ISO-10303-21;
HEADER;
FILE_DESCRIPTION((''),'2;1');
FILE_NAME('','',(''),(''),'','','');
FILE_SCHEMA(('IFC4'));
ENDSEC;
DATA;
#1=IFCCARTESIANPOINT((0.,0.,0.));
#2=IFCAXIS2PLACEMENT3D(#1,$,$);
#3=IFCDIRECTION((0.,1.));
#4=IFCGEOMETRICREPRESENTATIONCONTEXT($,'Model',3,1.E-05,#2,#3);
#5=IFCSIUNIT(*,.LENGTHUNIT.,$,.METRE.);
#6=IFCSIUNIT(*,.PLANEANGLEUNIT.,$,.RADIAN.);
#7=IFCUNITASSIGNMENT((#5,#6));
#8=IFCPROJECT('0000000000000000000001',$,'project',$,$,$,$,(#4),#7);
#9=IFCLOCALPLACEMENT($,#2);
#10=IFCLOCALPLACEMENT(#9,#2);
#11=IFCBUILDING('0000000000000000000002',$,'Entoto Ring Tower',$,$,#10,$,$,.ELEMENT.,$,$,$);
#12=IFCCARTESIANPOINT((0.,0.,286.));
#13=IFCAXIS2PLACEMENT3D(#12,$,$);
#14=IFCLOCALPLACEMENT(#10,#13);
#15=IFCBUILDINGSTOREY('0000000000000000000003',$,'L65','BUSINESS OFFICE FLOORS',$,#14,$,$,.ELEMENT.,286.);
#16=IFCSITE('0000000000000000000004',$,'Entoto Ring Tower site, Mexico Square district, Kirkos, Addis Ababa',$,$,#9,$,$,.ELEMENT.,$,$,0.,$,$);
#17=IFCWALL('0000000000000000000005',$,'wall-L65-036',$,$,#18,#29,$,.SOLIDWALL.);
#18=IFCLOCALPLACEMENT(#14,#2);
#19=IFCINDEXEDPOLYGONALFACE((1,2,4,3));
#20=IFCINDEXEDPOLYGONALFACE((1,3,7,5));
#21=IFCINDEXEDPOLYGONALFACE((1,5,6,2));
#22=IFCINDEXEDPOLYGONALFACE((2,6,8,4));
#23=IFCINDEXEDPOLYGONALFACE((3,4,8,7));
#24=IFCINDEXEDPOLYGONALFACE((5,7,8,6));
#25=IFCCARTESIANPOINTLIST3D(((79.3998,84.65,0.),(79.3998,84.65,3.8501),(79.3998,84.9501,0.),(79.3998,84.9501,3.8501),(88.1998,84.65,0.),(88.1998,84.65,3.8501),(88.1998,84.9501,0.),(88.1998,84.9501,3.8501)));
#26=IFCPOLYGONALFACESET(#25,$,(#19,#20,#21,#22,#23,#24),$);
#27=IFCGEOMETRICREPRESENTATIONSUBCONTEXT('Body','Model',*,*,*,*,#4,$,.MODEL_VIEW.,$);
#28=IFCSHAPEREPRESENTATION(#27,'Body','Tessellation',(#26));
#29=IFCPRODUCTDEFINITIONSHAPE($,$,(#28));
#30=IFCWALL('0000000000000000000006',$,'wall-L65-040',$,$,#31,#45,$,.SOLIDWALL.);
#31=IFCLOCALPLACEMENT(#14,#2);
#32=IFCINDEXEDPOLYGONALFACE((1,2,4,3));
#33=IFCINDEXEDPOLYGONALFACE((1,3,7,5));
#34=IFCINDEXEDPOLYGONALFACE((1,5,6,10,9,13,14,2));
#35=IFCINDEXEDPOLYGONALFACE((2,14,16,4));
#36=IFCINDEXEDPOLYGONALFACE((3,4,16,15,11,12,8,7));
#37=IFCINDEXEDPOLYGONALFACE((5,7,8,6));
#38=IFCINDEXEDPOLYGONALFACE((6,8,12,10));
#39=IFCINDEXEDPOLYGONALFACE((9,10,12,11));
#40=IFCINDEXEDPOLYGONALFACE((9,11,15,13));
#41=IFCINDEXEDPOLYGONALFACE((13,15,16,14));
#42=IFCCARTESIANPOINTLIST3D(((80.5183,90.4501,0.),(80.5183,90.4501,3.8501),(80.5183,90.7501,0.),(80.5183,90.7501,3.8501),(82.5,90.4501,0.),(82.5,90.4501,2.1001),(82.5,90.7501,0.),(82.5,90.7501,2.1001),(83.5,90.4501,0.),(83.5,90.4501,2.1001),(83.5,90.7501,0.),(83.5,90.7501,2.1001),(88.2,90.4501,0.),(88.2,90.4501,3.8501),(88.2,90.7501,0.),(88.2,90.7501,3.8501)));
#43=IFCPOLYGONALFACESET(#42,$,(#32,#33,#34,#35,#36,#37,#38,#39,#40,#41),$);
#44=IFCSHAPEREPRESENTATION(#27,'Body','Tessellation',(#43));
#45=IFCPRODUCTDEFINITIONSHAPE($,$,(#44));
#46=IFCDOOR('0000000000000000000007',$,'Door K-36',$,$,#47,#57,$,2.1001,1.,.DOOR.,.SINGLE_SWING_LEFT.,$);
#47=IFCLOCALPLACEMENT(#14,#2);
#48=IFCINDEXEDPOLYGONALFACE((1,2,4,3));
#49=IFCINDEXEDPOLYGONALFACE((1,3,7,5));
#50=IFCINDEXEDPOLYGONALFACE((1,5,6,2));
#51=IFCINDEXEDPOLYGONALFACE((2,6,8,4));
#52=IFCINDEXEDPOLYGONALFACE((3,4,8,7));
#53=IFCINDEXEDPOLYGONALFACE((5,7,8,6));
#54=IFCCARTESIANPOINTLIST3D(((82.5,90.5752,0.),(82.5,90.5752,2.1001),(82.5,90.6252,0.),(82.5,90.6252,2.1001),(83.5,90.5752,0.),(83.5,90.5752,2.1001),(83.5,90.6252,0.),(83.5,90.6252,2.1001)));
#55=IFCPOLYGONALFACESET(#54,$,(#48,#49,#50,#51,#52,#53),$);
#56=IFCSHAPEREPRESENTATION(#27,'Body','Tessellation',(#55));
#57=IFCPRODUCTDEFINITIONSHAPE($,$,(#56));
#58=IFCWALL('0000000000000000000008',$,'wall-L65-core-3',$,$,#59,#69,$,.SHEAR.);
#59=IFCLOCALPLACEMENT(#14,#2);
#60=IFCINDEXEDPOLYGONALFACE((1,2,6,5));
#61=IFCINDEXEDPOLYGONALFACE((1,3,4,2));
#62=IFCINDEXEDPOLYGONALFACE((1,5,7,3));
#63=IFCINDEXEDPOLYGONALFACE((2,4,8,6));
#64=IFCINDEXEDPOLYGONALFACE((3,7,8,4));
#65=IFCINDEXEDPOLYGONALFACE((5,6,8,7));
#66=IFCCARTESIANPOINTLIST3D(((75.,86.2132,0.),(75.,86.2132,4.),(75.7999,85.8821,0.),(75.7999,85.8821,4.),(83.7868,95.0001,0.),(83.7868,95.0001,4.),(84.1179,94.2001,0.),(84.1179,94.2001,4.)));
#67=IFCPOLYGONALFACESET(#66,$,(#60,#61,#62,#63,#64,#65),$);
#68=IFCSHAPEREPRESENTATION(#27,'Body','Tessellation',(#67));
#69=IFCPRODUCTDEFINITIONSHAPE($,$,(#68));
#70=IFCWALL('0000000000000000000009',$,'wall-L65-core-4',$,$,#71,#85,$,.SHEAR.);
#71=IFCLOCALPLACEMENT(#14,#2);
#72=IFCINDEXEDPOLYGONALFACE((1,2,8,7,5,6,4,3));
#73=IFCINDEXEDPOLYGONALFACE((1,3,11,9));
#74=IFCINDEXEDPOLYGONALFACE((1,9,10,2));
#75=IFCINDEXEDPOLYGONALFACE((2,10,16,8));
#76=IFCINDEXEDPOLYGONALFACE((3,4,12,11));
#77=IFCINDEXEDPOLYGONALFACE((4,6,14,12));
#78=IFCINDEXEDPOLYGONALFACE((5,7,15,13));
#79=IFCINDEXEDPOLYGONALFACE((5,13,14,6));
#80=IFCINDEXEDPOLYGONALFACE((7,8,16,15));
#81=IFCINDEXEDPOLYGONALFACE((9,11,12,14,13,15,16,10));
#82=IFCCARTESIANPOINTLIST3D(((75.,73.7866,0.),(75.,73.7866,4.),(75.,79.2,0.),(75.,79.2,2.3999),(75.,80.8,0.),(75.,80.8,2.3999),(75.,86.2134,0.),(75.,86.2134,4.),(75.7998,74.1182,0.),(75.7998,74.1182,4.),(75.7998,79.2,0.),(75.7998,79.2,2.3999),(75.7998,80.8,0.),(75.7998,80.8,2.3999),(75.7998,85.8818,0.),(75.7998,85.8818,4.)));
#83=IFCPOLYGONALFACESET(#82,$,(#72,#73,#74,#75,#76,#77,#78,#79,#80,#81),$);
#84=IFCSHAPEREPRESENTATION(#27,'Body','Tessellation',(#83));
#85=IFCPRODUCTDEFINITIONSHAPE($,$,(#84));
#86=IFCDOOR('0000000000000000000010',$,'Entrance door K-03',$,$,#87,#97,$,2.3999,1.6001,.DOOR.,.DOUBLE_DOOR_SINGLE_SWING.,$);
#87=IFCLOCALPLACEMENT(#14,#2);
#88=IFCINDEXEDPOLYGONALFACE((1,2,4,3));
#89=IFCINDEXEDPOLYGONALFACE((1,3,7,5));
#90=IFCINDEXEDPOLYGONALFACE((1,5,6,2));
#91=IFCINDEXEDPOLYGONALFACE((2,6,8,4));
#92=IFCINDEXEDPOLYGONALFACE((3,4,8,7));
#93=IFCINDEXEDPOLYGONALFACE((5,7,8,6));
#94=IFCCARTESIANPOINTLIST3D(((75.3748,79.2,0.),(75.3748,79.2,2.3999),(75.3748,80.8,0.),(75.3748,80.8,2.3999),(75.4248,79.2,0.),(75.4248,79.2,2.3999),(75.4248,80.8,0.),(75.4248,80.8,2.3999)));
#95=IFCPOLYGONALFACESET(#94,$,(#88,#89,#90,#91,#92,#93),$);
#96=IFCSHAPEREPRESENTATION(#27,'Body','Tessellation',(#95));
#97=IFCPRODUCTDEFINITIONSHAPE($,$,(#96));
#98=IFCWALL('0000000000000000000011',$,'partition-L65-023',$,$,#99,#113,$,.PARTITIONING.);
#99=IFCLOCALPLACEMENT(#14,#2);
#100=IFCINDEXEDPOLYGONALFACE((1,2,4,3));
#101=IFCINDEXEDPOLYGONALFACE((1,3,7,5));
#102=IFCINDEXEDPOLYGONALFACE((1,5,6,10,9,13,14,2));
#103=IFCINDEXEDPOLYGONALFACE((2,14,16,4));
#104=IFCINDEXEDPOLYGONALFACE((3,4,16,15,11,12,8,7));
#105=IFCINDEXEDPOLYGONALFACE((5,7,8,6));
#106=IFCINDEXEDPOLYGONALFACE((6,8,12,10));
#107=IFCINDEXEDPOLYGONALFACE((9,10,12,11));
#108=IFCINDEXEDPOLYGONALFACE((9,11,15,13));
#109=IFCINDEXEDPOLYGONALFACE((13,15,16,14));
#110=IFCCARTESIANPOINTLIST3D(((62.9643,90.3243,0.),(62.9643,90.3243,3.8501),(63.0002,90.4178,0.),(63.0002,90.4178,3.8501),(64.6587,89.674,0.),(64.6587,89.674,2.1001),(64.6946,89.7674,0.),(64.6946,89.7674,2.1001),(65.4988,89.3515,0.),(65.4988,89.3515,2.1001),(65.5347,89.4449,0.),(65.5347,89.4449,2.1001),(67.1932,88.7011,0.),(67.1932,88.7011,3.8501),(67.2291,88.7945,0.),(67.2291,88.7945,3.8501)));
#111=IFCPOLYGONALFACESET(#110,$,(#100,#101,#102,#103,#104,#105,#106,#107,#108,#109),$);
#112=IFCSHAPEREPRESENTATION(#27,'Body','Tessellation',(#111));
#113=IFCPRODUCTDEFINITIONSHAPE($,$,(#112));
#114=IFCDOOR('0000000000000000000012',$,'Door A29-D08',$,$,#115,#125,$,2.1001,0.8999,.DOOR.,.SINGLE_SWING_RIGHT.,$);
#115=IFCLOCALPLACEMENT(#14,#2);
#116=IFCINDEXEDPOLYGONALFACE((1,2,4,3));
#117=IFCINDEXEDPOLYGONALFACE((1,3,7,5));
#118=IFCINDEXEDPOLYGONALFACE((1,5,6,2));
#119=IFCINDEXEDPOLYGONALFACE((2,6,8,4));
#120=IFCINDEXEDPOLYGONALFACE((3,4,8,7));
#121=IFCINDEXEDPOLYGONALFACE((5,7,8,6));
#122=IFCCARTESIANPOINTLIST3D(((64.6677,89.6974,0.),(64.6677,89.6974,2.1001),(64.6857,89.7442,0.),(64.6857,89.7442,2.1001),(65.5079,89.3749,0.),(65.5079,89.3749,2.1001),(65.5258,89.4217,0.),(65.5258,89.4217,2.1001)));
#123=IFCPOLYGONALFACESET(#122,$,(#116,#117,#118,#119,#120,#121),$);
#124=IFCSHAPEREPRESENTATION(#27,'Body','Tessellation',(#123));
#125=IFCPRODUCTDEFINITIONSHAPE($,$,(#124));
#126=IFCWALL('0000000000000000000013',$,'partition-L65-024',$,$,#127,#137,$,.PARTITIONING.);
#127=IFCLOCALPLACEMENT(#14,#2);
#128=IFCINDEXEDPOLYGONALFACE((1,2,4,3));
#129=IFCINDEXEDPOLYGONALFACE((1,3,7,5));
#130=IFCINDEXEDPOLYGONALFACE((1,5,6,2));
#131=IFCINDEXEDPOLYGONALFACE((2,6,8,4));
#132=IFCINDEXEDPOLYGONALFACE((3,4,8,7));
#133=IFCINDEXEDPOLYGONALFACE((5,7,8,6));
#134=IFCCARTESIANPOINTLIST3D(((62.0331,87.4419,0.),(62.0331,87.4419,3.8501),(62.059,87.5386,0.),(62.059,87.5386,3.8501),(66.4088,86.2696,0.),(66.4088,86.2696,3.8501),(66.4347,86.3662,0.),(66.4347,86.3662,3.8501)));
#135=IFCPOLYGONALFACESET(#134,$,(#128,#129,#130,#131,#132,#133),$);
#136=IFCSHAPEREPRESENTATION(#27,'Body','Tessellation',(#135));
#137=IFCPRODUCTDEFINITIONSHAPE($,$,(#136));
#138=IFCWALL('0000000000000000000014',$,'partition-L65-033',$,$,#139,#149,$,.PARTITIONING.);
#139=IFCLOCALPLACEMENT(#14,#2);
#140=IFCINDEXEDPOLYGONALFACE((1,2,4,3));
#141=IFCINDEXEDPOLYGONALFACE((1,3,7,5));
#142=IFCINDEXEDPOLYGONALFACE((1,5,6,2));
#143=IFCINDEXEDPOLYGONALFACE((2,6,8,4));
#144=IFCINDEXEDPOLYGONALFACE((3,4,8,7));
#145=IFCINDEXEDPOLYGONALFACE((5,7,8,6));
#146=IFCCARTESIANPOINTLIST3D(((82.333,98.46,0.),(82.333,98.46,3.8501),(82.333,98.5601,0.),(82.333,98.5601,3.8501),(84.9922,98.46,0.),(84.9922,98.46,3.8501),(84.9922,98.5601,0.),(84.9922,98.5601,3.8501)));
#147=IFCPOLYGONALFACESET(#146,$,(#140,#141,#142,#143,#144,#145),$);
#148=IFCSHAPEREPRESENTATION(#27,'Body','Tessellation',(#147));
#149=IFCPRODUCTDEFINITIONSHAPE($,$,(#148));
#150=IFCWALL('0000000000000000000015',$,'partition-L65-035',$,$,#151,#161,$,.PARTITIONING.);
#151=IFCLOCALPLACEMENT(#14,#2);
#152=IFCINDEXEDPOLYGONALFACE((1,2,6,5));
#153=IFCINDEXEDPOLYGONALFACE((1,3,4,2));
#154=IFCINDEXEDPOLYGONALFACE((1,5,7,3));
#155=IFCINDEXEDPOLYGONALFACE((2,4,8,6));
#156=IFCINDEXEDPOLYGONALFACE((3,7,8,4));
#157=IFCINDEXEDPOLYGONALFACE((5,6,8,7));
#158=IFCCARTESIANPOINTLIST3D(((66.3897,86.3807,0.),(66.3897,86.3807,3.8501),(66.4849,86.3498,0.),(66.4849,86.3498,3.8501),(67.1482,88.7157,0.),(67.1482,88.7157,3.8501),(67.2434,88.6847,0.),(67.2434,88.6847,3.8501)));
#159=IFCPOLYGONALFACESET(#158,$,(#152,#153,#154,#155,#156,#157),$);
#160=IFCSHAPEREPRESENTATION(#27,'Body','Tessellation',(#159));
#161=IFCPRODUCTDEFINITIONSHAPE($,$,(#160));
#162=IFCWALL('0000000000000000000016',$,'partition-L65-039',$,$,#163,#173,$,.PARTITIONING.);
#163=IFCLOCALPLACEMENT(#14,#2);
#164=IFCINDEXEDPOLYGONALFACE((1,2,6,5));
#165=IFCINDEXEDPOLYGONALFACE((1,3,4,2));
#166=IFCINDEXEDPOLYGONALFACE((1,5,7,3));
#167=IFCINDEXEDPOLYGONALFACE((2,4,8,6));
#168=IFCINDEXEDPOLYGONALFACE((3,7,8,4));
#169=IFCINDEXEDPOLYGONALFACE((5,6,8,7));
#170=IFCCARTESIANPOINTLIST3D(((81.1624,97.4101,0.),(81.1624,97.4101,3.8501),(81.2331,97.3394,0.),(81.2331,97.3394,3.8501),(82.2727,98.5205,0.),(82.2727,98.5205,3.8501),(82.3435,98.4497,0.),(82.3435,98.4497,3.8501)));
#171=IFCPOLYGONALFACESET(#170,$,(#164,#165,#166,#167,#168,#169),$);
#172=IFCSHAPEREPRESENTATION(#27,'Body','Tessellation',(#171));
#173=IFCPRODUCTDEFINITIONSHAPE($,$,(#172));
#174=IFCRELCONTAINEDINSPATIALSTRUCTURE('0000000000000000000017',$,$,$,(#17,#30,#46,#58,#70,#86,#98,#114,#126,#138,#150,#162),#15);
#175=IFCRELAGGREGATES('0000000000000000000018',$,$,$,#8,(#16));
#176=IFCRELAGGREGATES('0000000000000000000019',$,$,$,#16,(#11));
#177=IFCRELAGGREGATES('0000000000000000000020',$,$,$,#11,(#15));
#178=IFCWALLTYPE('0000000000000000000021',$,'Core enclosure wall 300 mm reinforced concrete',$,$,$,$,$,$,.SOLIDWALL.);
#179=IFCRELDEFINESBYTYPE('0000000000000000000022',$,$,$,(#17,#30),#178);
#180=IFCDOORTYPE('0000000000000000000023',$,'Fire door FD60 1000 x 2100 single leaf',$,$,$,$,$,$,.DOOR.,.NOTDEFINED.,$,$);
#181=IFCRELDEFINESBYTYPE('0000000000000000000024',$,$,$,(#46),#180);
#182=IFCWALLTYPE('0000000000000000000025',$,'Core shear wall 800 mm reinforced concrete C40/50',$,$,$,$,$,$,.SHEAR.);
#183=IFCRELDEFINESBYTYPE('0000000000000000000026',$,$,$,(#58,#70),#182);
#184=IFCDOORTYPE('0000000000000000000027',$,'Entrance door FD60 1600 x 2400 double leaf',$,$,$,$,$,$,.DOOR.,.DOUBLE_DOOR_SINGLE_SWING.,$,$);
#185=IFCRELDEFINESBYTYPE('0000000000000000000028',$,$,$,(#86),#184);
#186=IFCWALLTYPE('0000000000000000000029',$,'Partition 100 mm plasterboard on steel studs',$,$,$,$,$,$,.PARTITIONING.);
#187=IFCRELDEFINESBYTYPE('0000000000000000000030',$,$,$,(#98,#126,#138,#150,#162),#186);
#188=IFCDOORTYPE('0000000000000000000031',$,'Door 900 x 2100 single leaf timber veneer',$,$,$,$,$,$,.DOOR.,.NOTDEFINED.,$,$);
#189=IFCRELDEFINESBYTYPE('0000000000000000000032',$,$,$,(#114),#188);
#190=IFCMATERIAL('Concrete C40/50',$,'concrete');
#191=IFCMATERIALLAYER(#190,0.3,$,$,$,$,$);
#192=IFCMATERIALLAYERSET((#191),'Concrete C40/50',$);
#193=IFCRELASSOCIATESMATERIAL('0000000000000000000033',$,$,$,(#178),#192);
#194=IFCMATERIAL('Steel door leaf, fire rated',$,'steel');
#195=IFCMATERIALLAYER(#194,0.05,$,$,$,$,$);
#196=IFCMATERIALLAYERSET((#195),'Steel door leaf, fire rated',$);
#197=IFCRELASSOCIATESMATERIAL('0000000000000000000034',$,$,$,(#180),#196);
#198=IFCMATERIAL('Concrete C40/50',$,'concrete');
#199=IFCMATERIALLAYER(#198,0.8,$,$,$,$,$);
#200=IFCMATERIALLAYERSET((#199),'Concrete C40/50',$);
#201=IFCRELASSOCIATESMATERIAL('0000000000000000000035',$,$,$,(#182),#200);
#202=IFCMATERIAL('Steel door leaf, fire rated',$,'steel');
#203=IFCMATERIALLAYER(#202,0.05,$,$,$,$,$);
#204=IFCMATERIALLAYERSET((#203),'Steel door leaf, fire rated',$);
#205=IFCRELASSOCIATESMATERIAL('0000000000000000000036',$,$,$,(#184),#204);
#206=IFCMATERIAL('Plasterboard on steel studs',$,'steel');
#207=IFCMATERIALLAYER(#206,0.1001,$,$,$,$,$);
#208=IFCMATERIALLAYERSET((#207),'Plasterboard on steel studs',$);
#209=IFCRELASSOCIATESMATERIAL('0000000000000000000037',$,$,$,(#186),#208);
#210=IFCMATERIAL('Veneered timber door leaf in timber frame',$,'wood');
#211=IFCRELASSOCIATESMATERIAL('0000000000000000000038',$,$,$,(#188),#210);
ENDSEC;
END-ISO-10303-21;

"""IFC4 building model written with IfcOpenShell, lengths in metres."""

from ifc_helpers import new_model, si_unit, direction, frame, frame_2d, origin, place, context, subcontext, project, spatial, polyline, rectangle, outline, extrude, material, layer, layer_set, type_object, element, fill, save


model = new_model("IFC4")

# Units and contexts
model_context = context("Model", 3, precision=1e-05, world=origin(), true_north=direction((0.0, 1.0)))
body_context = subcontext(model_context, "Body", "Model", "MODEL_VIEW")
ifc_project = project(units=[si_unit("LENGTHUNIT", "METRE"), si_unit("PLANEANGLEUNIT", "RADIAN")], contexts=[model_context])

# Site, building, storey
site_placement = place(None, origin())
site = spatial("IfcSite", under=ifc_project, at=site_placement, Name="Entoto Ring Tower site, Mexico Square district, Kirkos, Addis Ababa", CompositionType="ELEMENT", RefElevation=0.0)
building_placement = place(site_placement, origin())
building = spatial("IfcBuilding", under=site, at=building_placement, Name="Entoto Ring Tower", CompositionType="ELEMENT")
storey_placement = place(building_placement, frame((0.0, 0.0, 286.0)))
storey = spatial("IfcBuildingStorey", under=building, at=storey_placement, Name="L65", Description="BUSINESS OFFICE FLOORS", CompositionType="ELEMENT", Elevation=286.0)

# Wall
ifc_material_1 = material(Name="Concrete C40/50", Category="concrete")
ifc_layer_1 = layer(ifc_material_1, 0.3)
ifc_layer_set_1 = layer_set([ifc_layer_1], Name="Concrete C40/50")
wall_type_1 = type_object("IfcWallType", Name="Core enclosure wall 300 mm reinforced concrete", PredefinedType="SOLIDWALL", material=ifc_layer_set_1)
wall_1_placement = place(storey_placement, frame((79.3999, 84.8, 0.0), z_axis=(0.0, 0.0, 1.0), x_axis=(1.0, 0.0, 0.0)))
element("IfcWall", 1, at=wall_1_placement, inside=storey, type_object=wall_type_1, Name="wall-L65-036", PredefinedType="SOLIDWALL", context=body_context, shape_type="SweptSolid", body=[
    extrude(rectangle(XDim=8.8, YDim=0.3, at=frame_2d((4.3999, 0.0))), origin(), (0.0, 0.0, 1.0), 3.8501),
])

# Wall, opening, door
wall_2_placement = place(storey_placement, frame((80.5183, 90.6001, 0.0), z_axis=(0.0, 0.0, 1.0), x_axis=(1.0, 0.0, 0.0)))
wall_2 = element("IfcWall", 2, at=wall_2_placement, inside=storey, type_object=wall_type_1, Name="wall-L65-040", PredefinedType="SOLIDWALL", context=body_context, shape_type="SweptSolid", body=[
    extrude(rectangle(XDim=7.6816, YDim=0.3, at=frame_2d((3.8408, 0.0))), origin(), (0.0, 0.0, 1.0), 3.8501),
])
opening_1_placement = place(wall_2_placement, frame((1.9817, 0.0, 0.0)))
opening_1 = element("IfcOpeningElement", 3, at=opening_1_placement, cuts=wall_2, PredefinedType="OPENING", context=body_context, shape_type="SweptSolid", body=[
    extrude(rectangle(XDim=1.0, YDim=2.1001, at=frame_2d((0.5, 1.05))), frame((0.0, 0.1602, 0.0), z_axis=(0.0, -1.0, 0.0), x_axis=(1.0, 0.0, 0.0)), (0.0, 0.0, 1.0), 0.3201),
])
ifc_material_2 = material(Name="Steel door leaf, fire rated", Category="steel")
ifc_layer_2 = layer(ifc_material_2, 0.05)
ifc_layer_set_2 = layer_set([ifc_layer_2], Name="Steel door leaf, fire rated")
door_type_1 = type_object("IfcDoorType", Name="Fire door FD60 1000 x 2100 single leaf", OperationType="NOTDEFINED", PredefinedType="DOOR", material=ifc_layer_set_2)
door_1_placement = place(opening_1_placement, frame((1.0, 0.0, 0.0), z_axis=(0.0, 0.0, 1.0), x_axis=(-1.0, 0.0, 0.0)))
door_1 = element("IfcDoor", 4, at=door_1_placement, inside=storey, type_object=door_type_1, Name="Door K-36", OperationType="SINGLE_SWING_LEFT", OverallHeight=2.1001, OverallWidth=1.0, PredefinedType="DOOR", context=body_context, shape_type="SweptSolid", body=[
    extrude(rectangle(XDim=1.0, YDim=2.1001, at=frame_2d((0.5, 1.05))), frame((0.0, 0.0249, 0.0), z_axis=(0.0, -1.0, 0.0), x_axis=(1.0, 0.0, 0.0)), (0.0, 0.0, 1.0), 0.05),
])
fill(opening_1, door_1)

# Wall
ifc_material_3 = material(Name="Concrete C40/50", Category="concrete")
ifc_layer_3 = layer(ifc_material_3, 0.8)
ifc_layer_set_3 = layer_set([ifc_layer_3], Name="Concrete C40/50")
wall_type_2 = type_object("IfcWallType", Name="Core shear wall 800 mm reinforced concrete C40/50", PredefinedType="SHEAR", material=ifc_layer_set_3)
wall_3_placement = place(storey_placement, frame((83.9524, 94.6001, 0.0), z_axis=(0.0, 0.0, 1.0), x_axis=(-0.707107, -0.707107, 0.0)))
element("IfcWall", 5, at=wall_3_placement, inside=storey, type_object=wall_type_2, Name="wall-L65-core-3", PredefinedType="SHEAR", context=body_context, shape_type="SweptSolid", body=[
    extrude(outline(polyline([(-0.1658, -0.3999), (12.2607, -0.3999), (11.9292, 0.3999), (0.1658, 0.3999), (-0.1658, -0.3999)])), origin(), (0.0, 0.0, 1.0), 4.0),
])

# Walls, openings, doors
wall_4_placement = place(storey_placement, frame((75.3999, 86.0476, 0.0), z_axis=(0.0, 0.0, 1.0), x_axis=(0.0, -1.0, 0.0)))
wall_4 = element("IfcWall", 6, at=wall_4_placement, inside=storey, type_object=wall_type_2, Name="wall-L65-core-4", PredefinedType="SHEAR", context=body_context, shape_type="SweptSolid", body=[
    extrude(outline(polyline([(-0.1658, -0.3999), (12.261, -0.3999), (11.9294, 0.3999), (0.1658, 0.3999), (-0.1658, -0.3999)])), origin(), (0.0, 0.0, 1.0), 4.0),
])
opening_2_placement = place(wall_4_placement, frame((5.2476, 0.0, 0.0)))
opening_2 = element("IfcOpeningElement", 7, at=opening_2_placement, cuts=wall_4, PredefinedType="OPENING", context=body_context, shape_type="SweptSolid", body=[
    extrude(rectangle(XDim=1.6001, YDim=2.3999, at=frame_2d((0.8, 1.2))), frame((0.0, 0.4102, 0.0), z_axis=(0.0, -1.0, 0.0), x_axis=(1.0, 0.0, 0.0)), (0.0, 0.0, 1.0), 0.8201),
])
ifc_material_4 = material(Name="Steel door leaf, fire rated", Category="steel")
ifc_layer_4 = layer(ifc_material_4, 0.05)
ifc_layer_set_4 = layer_set([ifc_layer_4], Name="Steel door leaf, fire rated")
door_type_2 = type_object("IfcDoorType", Name="Entrance door FD60 1600 x 2400 double leaf", OperationType="DOUBLE_DOOR_SINGLE_SWING", PredefinedType="DOOR", material=ifc_layer_set_4)
door_2_placement = place(opening_2_placement, origin())
door_2 = element("IfcDoor", 8, at=door_2_placement, inside=storey, type_object=door_type_2, Name="Entrance door K-03", OperationType="DOUBLE_DOOR_SINGLE_SWING", OverallHeight=2.3999, OverallWidth=1.6001, PredefinedType="DOOR", context=body_context, shape_type="SweptSolid", body=[
    extrude(rectangle(XDim=1.6001, YDim=2.3999, at=frame_2d((0.8, 1.2))), frame((0.0, 0.0249, 0.0), z_axis=(0.0, -1.0, 0.0), x_axis=(1.0, 0.0, 0.0)), (0.0, 0.0, 1.0), 0.05),
])
fill(opening_2, door_2)
ifc_material_5 = material(Name="Plasterboard on steel studs", Category="steel")
ifc_layer_5 = layer(ifc_material_5, 0.1001)
ifc_layer_set_5 = layer_set([ifc_layer_5], Name="Plasterboard on steel studs")
wall_type_3 = type_object("IfcWallType", Name="Partition 100 mm plasterboard on steel studs", PredefinedType="PARTITIONING", material=ifc_layer_set_5)
wall_5_placement = place(storey_placement, frame((67.2112, 88.7478, 0.0), z_axis=(0.0, 0.0, 1.0), x_axis=(-0.933586, 0.358354, 0.0)))
wall_5 = element("IfcWall", 9, at=wall_5_placement, inside=storey, type_object=wall_type_3, Name="partition-L65-023", PredefinedType="PARTITIONING", context=body_context, shape_type="SweptSolid", body=[
    extrude(rectangle(XDim=4.5298, YDim=0.1001, at=frame_2d((2.2649, 0.0))), origin(), (0.0, 0.0, 1.0), 3.8501),
])
opening_3_placement = place(wall_5_placement, frame((1.8149, 0.0, 0.0)))
opening_3 = element("IfcOpeningElement", 10, at=opening_3_placement, cuts=wall_5, PredefinedType="OPENING", context=body_context, shape_type="SweptSolid", body=[
    extrude(rectangle(XDim=0.8999, YDim=2.1001, at=frame_2d((0.45, 1.05))), frame((0.0, 0.0601, 0.0), z_axis=(0.0, -1.0, 0.0), x_axis=(1.0, 0.0, 0.0)), (0.0, 0.0, 1.0), 0.1201),
])
ifc_material_6 = material(Name="Veneered timber door leaf in timber frame", Category="wood")
door_type_3 = type_object("IfcDoorType", Name="Door 900 x 2100 single leaf timber veneer", OperationType="NOTDEFINED", PredefinedType="DOOR", material=ifc_material_6)
door_3_placement = place(opening_3_placement, origin())
door_3 = element("IfcDoor", 11, at=door_3_placement, inside=storey, type_object=door_type_3, Name="Door A29-D08", OperationType="SINGLE_SWING_RIGHT", OverallHeight=2.1001, OverallWidth=0.8999, PredefinedType="DOOR", context=body_context, shape_type="SweptSolid", body=[
    extrude(rectangle(XDim=0.8999, YDim=2.1001, at=frame_2d((0.45, 1.05))), frame((0.0, 0.0249, 0.0), z_axis=(0.0, -1.0, 0.0), x_axis=(1.0, 0.0, 0.0)), (0.0, 0.0, 1.0), 0.05),
])
fill(opening_3, door_3)

# Walls
wall_6_placement = place(storey_placement, frame((66.4219, 86.3179, 0.0), z_axis=(0.0, 0.0, 1.0), x_axis=(-0.965932, 0.258796, 0.0)))
element("IfcWall", 12, at=wall_6_placement, inside=storey, type_object=wall_type_3, Name="partition-L65-024", PredefinedType="PARTITIONING", context=body_context, shape_type="SweptSolid", body=[
    extrude(rectangle(XDim=4.53, YDim=0.1001, at=frame_2d((2.2651, 0.0))), origin(), (0.0, 0.0, 1.0), 3.8501),
])
wall_7_placement = place(storey_placement, frame((82.333, 98.51, 0.0), z_axis=(0.0, 0.0, 1.0), x_axis=(1.0, 0.0, 0.0)))
element("IfcWall", 13, at=wall_7_placement, inside=storey, type_object=wall_type_3, Name="partition-L65-033", PredefinedType="PARTITIONING", context=body_context, shape_type="SweptSolid", body=[
    extrude(rectangle(XDim=2.6592, YDim=0.1001, at=frame_2d((1.3296, 0.0))), origin(), (0.0, 0.0, 1.0), 3.8501),
])
wall_8_placement = place(storey_placement, frame((66.4373, 86.3652, 0.0), z_axis=(0.0, 0.0, 1.0), x_axis=(0.308969, 0.951072, 0.0)))
element("IfcWall", 14, at=wall_8_placement, inside=storey, type_object=wall_type_3, Name="partition-L65-035", PredefinedType="PARTITIONING", context=body_context, shape_type="SweptSolid", body=[
    extrude(rectangle(XDim=2.4551, YDim=0.1001, at=frame_2d((1.2275, 0.0))), origin(), (0.0, 0.0, 1.0), 3.8501),
])
wall_9_placement = place(storey_placement, frame((81.1978, 97.3748, 0.0), z_axis=(0.0, 0.0, 1.0), x_axis=(0.707107, 0.707107, 0.0)))
element("IfcWall", 15, at=wall_9_placement, inside=storey, type_object=wall_type_3, Name="partition-L65-039", PredefinedType="PARTITIONING", context=body_context, shape_type="SweptSolid", body=[
    extrude(rectangle(XDim=1.5703, YDim=0.1001, at=frame_2d((0.7852, 0.0))), origin(), (0.0, 0.0, 1.0), 3.8501),
])

save(model, "model.ifc")
